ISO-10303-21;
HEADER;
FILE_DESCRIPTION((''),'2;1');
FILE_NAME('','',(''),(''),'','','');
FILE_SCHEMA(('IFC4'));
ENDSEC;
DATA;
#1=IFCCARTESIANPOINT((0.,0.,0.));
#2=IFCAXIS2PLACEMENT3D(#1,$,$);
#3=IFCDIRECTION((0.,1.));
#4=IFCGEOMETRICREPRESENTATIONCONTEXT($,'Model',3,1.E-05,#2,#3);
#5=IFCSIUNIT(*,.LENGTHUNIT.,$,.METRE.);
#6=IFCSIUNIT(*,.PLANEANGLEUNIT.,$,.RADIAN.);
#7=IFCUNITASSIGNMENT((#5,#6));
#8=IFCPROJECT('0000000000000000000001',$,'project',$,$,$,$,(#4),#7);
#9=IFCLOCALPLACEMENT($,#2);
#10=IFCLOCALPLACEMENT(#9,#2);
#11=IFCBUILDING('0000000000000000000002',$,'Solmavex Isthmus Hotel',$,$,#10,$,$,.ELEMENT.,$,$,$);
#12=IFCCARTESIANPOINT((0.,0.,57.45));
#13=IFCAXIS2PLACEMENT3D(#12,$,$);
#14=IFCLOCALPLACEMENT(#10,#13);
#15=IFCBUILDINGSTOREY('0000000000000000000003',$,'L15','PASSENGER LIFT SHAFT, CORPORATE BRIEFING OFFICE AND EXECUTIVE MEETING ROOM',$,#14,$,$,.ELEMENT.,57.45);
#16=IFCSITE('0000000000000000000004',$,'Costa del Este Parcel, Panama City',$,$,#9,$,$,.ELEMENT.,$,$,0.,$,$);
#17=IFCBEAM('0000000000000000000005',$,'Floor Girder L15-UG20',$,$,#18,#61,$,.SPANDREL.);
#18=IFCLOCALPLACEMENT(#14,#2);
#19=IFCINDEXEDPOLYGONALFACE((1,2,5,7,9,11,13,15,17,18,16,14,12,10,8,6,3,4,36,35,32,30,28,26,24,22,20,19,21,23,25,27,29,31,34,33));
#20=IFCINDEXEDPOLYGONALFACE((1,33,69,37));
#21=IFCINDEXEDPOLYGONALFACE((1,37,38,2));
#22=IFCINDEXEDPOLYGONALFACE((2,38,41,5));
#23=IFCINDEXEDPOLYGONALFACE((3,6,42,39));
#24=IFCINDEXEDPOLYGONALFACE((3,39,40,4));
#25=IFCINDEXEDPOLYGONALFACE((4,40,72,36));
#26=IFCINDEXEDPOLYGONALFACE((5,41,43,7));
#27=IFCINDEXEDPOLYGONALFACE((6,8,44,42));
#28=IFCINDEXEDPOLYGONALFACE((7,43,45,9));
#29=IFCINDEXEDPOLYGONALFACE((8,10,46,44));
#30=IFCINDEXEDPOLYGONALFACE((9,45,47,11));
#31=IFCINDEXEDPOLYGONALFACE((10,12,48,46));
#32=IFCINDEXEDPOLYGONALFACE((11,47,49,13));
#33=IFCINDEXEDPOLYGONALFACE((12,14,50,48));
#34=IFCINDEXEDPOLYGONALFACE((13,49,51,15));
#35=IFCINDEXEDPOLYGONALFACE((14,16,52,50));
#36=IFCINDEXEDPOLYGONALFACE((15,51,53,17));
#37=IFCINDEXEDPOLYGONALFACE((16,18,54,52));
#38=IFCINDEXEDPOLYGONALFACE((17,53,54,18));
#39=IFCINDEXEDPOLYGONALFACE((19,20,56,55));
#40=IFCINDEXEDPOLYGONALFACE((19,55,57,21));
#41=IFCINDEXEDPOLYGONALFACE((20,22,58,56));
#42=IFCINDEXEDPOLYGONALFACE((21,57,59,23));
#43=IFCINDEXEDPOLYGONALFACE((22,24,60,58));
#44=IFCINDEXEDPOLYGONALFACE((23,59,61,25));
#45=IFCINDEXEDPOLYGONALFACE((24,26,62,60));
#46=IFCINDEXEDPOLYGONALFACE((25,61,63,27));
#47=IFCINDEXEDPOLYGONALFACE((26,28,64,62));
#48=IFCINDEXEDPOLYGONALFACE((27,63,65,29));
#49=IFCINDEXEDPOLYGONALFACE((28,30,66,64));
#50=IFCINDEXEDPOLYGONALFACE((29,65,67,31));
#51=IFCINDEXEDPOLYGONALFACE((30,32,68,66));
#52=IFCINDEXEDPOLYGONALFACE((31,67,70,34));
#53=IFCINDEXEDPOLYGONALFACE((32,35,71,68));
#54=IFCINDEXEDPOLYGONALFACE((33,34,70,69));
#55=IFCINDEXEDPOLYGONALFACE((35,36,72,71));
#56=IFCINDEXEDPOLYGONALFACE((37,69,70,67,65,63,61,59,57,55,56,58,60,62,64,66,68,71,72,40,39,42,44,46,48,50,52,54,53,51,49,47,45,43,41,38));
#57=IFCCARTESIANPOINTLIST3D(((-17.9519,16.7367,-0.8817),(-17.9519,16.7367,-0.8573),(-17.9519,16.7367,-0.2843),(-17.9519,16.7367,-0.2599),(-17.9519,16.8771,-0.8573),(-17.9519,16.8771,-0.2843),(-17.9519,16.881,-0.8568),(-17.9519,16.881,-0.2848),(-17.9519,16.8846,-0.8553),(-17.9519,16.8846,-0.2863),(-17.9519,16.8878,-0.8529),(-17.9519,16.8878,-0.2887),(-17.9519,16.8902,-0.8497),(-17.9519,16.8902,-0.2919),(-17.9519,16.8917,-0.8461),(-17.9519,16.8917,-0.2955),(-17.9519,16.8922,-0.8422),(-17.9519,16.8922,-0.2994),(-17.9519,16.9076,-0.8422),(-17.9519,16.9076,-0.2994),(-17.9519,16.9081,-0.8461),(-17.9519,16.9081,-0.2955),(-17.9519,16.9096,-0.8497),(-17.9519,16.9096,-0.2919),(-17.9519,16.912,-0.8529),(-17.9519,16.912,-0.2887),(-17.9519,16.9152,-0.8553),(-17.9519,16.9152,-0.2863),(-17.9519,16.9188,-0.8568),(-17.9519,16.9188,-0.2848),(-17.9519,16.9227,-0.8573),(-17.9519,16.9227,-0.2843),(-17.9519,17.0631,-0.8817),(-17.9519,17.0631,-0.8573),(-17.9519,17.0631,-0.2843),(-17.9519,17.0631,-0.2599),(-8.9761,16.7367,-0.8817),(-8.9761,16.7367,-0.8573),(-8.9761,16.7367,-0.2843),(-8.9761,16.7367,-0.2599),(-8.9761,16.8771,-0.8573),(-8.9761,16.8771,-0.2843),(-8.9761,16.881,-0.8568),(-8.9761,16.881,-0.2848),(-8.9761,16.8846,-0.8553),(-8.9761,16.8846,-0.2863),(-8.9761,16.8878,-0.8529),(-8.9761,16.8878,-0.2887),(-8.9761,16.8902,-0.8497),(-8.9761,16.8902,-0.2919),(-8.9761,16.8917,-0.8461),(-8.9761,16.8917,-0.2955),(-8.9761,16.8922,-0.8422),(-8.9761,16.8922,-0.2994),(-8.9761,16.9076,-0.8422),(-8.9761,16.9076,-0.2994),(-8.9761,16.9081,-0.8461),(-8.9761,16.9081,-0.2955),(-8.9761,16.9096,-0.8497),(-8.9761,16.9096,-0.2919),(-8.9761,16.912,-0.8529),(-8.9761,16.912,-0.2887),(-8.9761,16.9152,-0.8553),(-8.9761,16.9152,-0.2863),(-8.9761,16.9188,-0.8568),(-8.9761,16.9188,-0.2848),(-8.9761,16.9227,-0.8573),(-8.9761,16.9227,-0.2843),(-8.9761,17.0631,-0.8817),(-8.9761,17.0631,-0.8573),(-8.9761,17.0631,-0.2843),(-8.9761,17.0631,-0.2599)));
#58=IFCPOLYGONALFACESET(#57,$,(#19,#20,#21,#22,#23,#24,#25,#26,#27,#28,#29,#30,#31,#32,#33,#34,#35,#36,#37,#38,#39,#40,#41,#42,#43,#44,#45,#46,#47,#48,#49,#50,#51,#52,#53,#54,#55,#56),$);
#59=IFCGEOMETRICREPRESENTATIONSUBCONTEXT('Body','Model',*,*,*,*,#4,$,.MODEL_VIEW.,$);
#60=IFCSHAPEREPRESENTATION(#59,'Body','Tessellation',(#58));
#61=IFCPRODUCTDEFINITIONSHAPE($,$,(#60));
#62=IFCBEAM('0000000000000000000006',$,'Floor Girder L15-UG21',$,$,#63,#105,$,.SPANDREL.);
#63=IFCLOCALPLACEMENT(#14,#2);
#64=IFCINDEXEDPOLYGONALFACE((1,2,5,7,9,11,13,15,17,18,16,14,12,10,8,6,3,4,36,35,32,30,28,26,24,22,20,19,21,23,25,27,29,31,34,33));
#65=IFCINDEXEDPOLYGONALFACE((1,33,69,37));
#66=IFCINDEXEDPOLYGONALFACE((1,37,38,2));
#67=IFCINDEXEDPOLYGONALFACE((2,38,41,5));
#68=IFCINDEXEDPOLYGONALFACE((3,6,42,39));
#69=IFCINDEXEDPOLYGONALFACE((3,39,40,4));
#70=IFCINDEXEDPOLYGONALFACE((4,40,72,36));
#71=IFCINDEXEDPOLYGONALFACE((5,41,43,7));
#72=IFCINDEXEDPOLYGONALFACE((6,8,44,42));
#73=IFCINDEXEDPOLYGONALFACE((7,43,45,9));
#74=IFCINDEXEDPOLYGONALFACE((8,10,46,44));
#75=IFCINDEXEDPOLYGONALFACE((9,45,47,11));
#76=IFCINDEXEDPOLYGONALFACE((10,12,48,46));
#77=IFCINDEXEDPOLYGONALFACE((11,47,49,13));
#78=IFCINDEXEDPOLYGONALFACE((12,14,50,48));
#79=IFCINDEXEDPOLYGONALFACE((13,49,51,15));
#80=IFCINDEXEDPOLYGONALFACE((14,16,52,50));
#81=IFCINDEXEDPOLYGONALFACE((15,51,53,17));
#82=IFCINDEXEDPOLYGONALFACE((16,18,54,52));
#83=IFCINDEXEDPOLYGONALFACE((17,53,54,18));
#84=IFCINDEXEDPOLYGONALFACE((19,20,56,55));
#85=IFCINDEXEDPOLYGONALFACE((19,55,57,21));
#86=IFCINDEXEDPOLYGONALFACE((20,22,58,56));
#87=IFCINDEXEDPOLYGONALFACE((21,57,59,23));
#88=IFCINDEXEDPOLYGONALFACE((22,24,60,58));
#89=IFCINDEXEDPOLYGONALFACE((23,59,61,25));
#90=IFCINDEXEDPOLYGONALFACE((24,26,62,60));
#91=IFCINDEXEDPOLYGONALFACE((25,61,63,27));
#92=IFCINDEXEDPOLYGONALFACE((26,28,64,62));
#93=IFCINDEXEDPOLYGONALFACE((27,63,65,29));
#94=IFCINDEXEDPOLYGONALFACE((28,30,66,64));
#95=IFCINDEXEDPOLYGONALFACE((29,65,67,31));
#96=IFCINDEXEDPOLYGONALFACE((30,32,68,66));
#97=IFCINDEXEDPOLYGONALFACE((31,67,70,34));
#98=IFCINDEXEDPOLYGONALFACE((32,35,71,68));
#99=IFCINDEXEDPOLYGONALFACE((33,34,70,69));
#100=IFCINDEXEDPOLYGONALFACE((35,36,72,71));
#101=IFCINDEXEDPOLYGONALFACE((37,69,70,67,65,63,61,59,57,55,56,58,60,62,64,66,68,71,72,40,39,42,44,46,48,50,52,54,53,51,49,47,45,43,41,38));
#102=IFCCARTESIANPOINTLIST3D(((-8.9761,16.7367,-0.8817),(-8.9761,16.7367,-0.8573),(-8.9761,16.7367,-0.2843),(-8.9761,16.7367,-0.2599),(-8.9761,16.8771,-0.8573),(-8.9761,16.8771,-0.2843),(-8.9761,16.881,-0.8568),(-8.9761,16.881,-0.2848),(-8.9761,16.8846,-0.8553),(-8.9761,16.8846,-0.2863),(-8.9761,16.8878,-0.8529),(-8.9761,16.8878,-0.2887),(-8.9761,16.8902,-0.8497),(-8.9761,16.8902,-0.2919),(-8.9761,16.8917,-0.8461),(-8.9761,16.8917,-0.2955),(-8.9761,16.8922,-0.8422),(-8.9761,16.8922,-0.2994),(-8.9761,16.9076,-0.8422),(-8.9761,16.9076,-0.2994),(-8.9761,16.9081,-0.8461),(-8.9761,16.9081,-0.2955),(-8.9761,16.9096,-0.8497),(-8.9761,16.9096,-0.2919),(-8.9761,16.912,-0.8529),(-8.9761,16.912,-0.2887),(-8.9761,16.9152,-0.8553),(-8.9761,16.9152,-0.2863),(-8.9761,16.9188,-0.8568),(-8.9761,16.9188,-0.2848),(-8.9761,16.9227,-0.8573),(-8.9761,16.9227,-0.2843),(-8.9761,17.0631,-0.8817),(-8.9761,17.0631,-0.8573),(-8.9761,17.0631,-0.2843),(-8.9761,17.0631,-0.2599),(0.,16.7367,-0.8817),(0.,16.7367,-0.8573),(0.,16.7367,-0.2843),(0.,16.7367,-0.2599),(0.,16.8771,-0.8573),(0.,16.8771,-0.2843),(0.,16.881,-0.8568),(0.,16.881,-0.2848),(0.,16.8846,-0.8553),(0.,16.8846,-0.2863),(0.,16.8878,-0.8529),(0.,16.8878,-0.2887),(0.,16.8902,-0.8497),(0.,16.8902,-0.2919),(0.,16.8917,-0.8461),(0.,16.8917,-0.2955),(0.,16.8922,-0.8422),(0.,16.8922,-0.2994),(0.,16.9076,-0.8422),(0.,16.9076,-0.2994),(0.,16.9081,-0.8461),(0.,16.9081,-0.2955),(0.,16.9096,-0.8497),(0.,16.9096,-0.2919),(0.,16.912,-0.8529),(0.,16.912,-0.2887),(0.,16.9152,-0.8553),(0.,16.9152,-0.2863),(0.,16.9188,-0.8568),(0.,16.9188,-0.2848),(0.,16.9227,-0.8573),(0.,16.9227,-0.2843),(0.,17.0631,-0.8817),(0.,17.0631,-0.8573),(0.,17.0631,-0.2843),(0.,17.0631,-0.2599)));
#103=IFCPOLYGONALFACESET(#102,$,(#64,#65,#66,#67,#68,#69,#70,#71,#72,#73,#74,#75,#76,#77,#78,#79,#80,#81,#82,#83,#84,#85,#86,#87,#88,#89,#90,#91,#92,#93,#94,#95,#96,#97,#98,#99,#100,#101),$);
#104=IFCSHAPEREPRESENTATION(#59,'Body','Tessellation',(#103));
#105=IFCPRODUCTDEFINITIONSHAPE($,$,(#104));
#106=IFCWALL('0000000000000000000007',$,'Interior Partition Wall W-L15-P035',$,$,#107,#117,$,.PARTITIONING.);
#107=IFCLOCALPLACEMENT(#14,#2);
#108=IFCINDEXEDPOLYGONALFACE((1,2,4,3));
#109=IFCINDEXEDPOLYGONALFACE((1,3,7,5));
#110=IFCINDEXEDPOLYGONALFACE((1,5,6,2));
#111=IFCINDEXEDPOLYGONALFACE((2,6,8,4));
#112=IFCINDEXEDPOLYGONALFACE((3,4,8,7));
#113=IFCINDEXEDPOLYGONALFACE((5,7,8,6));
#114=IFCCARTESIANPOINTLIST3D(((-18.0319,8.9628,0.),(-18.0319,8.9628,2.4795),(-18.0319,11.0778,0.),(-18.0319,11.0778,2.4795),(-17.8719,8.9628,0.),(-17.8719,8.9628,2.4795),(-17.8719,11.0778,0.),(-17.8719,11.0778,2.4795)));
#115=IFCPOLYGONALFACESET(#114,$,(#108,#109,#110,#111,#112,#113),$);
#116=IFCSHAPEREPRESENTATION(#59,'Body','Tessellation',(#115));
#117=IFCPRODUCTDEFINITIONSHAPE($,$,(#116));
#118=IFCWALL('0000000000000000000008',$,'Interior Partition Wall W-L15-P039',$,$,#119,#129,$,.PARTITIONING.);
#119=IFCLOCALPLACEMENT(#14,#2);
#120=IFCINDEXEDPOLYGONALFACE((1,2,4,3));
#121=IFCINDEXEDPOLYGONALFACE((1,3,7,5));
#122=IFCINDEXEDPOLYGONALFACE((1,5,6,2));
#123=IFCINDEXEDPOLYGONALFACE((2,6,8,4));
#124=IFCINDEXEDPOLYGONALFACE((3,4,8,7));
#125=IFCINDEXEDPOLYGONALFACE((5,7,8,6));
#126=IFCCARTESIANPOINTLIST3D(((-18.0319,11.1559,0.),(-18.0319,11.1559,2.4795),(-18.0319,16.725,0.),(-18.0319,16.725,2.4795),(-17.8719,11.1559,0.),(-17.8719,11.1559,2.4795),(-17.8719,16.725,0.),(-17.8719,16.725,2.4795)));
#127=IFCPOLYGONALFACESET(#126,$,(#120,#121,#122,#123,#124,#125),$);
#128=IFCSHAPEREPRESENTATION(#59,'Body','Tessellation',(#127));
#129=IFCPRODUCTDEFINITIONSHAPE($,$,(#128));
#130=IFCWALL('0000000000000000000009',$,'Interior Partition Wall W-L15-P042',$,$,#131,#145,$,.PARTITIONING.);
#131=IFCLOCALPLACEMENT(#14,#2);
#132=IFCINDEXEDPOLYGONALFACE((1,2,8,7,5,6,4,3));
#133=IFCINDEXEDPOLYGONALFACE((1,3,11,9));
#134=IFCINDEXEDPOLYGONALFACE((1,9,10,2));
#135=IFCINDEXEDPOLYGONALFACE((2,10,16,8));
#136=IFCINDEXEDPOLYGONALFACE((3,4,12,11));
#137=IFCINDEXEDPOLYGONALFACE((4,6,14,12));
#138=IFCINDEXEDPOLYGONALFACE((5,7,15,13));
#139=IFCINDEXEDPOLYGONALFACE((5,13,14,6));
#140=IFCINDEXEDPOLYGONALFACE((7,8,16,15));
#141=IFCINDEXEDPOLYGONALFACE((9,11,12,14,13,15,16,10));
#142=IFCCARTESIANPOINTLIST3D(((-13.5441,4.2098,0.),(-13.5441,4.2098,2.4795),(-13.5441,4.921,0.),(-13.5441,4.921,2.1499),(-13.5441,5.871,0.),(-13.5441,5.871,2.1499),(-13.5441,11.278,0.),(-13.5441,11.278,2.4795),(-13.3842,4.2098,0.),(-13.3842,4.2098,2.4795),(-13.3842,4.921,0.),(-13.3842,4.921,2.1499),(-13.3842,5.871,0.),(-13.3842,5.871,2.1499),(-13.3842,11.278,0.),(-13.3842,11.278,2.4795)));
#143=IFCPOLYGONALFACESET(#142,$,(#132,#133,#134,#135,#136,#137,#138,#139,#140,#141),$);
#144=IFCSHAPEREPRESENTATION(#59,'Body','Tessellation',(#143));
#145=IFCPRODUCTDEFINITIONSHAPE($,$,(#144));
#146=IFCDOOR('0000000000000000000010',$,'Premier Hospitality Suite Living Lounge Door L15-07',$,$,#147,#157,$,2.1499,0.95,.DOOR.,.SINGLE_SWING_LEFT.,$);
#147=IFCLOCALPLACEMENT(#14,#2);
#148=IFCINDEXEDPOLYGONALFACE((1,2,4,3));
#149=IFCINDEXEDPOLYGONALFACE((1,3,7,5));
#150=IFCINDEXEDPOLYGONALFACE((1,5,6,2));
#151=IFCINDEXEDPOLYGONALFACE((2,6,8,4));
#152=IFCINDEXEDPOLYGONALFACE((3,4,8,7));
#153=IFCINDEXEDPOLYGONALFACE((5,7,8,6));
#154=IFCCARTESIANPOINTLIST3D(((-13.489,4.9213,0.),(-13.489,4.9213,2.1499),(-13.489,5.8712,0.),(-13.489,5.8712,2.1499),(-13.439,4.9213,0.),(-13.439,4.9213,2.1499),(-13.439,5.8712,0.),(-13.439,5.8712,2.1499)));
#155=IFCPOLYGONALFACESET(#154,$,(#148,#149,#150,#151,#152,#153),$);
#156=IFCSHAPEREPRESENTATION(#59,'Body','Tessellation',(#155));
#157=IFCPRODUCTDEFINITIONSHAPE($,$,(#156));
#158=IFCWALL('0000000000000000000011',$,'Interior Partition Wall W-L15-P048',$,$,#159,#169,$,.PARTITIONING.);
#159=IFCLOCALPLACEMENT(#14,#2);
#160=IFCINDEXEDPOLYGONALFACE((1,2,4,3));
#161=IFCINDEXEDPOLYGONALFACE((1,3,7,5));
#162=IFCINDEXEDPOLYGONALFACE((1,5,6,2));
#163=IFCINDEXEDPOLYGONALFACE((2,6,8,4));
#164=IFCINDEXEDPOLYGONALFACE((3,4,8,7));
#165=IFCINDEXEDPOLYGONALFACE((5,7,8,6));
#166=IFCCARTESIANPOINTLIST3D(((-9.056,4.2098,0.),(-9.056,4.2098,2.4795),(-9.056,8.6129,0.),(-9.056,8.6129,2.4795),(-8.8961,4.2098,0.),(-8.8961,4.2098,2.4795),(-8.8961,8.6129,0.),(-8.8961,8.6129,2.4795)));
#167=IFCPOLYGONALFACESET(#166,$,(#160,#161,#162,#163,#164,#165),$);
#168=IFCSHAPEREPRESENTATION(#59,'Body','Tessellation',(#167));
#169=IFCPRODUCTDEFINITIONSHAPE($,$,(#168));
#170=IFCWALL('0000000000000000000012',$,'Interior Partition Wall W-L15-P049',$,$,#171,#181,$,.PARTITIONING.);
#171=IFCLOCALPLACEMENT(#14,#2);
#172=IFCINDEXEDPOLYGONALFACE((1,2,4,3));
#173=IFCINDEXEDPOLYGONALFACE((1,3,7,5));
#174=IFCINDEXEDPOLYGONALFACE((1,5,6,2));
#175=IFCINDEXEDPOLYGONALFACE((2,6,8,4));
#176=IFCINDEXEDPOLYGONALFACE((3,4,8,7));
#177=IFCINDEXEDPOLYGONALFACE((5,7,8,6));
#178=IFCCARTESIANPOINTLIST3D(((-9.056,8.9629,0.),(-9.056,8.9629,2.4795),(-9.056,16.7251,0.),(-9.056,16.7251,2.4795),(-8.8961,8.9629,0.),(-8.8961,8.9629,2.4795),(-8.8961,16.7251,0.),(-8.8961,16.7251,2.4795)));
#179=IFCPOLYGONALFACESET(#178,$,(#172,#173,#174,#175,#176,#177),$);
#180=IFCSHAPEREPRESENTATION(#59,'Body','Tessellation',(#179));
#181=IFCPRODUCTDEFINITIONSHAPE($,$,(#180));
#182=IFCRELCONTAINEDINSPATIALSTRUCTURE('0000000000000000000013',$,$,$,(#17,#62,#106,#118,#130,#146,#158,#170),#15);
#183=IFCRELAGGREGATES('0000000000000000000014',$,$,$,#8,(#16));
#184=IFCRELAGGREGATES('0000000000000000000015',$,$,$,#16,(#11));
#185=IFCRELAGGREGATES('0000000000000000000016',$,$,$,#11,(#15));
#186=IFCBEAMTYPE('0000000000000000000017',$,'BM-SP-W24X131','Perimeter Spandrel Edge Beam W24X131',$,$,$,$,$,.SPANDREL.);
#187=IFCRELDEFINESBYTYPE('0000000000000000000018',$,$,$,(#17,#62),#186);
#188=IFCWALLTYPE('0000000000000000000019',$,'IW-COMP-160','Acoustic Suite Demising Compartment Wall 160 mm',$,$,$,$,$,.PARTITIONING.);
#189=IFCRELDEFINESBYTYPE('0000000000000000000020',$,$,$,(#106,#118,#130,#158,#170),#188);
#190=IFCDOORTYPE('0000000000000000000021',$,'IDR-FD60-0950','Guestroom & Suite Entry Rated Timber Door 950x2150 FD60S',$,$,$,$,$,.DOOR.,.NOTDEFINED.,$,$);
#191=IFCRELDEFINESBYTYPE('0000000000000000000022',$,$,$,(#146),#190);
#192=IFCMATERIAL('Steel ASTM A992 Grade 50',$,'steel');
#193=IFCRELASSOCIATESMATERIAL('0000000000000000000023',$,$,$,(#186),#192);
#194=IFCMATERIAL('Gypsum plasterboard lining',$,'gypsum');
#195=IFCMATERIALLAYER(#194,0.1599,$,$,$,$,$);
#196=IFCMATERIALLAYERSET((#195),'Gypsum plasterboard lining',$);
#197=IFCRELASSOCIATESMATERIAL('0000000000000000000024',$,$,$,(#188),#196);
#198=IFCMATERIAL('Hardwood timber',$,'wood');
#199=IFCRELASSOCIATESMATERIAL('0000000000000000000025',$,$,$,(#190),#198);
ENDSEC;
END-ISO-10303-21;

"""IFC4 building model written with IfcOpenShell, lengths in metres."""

from ifc_helpers import new_model, si_unit, direction, frame, frame_2d, origin, origin_2d, place, context, subcontext, project, spatial, rectangle, i_section, extrude, material, layer, layer_set, material_profile, profile_set, type_object, element, fill, save


model = new_model("IFC4")

# Units and contexts
model_context = context("Model", 3, precision=1e-05, world=origin(), true_north=direction((0.0, 1.0)))
body_context = subcontext(model_context, "Body", "Model", "MODEL_VIEW")
ifc_project = project(units=[si_unit("LENGTHUNIT", "METRE"), si_unit("PLANEANGLEUNIT", "RADIAN")], contexts=[model_context])

# Site, building, storey
site_placement = place(None, origin())
site = spatial("IfcSite", under=ifc_project, at=site_placement, Name="Costa del Este Parcel, Panama City", CompositionType="ELEMENT", RefElevation=0.0)
building_placement = place(site_placement, origin())
building = spatial("IfcBuilding", under=site, at=building_placement, Name="Solmavex Isthmus Hotel", CompositionType="ELEMENT")
storey_placement = place(building_placement, frame((0.0, 0.0, 57.45)))
storey = spatial("IfcBuildingStorey", under=building, at=storey_placement, Name="L15", Description="PASSENGER LIFT SHAFT, CORPORATE BRIEFING OFFICE AND EXECUTIVE MEETING ROOM", CompositionType="ELEMENT", Elevation=57.45)

# Beams
ifc_material_1 = material(Name="Steel ASTM A992 Grade 50", Category="steel")
ifc_material_profile_1 = material_profile(ifc_material_1, i_section(OverallWidth=0.3264, OverallDepth=0.6218, WebThickness=0.0154, FlangeThickness=0.0244, FilletRadius=0.0151, at=origin_2d()), Name="W24X131")
ifc_profile_set_1 = profile_set([ifc_material_profile_1], Name="Steel ASTM A992 Grade 50")
beam_type_1 = type_object("IfcBeamType", Name="BM-SP-W24X131", Description="Perimeter Spandrel Edge Beam W24X131", PredefinedType="SPANDREL", material=ifc_profile_set_1)
beam_1_placement = place(storey_placement, frame((-17.9519, 16.8999, -0.5708), z_axis=(1.0, 0.0, 0.0), x_axis=(0.0, 1.0, 0.0)))
element("IfcBeam", 1, at=beam_1_placement, inside=storey, type_object=beam_type_1, Name="Floor Girder L15-UG20", PredefinedType="SPANDREL", context=body_context, shape_type="SweptSolid", body=[
    extrude(i_section(OverallWidth=0.3264, OverallDepth=0.6218, WebThickness=0.0154, FlangeThickness=0.0244, FilletRadius=0.0151, at=origin_2d()), origin(), (0.0, 0.0, 1.0), 8.9758),
])
beam_2_placement = place(storey_placement, frame((-8.9761, 16.8999, -0.5708), z_axis=(1.0, 0.0, 0.0), x_axis=(0.0, 1.0, 0.0)))
element("IfcBeam", 2, at=beam_2_placement, inside=storey, type_object=beam_type_1, Name="Floor Girder L15-UG21", PredefinedType="SPANDREL", context=body_context, shape_type="SweptSolid", body=[
    extrude(i_section(OverallWidth=0.3264, OverallDepth=0.6218, WebThickness=0.0154, FlangeThickness=0.0244, FilletRadius=0.0151, at=origin_2d()), origin(), (0.0, 0.0, 1.0), 8.9761),
])

# Walls
ifc_material_2 = material(Name="Gypsum plasterboard lining", Category="gypsum")
ifc_layer_1 = layer(ifc_material_2, 0.1599)
ifc_layer_set_1 = layer_set([ifc_layer_1], Name="Gypsum plasterboard lining")
wall_type_1 = type_object("IfcWallType", Name="IW-COMP-160", Description="Acoustic Suite Demising Compartment Wall 160 mm", PredefinedType="PARTITIONING", material=ifc_layer_set_1)
wall_1_placement = place(storey_placement, frame((-17.9519, 11.0779, 0.0), z_axis=(0.0, 0.0, 1.0), x_axis=(0.0, -1.0, 0.0)))
element("IfcWall", 3, at=wall_1_placement, inside=storey, type_object=wall_type_1, Name="Interior Partition Wall W-L15-P035", PredefinedType="PARTITIONING", context=body_context, shape_type="SweptSolid", body=[
    extrude(rectangle(XDim=2.115, YDim=0.1599, at=frame_2d((1.0576, 0.0))), origin(), (0.0, 0.0, 1.0), 2.4795),
])
wall_2_placement = place(storey_placement, frame((-17.9519, 16.7251, 0.0), z_axis=(0.0, 0.0, 1.0), x_axis=(0.0, -1.0, 0.0)))
element("IfcWall", 4, at=wall_2_placement, inside=storey, type_object=wall_type_1, Name="Interior Partition Wall W-L15-P039", PredefinedType="PARTITIONING", context=body_context, shape_type="SweptSolid", body=[
    extrude(rectangle(XDim=5.5691, YDim=0.1599, at=frame_2d((2.7847, 0.0))), origin(), (0.0, 0.0, 1.0), 2.4795),
])

# Wall, opening, door
wall_3_placement = place(storey_placement, frame((-13.4641, 11.2781, 0.0), z_axis=(0.0, 0.0, 1.0), x_axis=(0.0, -1.0, 0.0)))
wall_3 = element("IfcWall", 5, at=wall_3_placement, inside=storey, type_object=wall_type_1, Name="Interior Partition Wall W-L15-P042", PredefinedType="PARTITIONING", context=body_context, shape_type="SweptSolid", body=[
    extrude(rectangle(XDim=7.0681, YDim=0.1599, at=frame_2d((3.5342, 0.0))), origin(), (0.0, 0.0, 1.0), 2.4795),
])
opening_1_placement = place(wall_3_placement, frame((5.407, 0.0, 0.0)))
opening_1 = element("IfcOpeningElement", 6, at=opening_1_placement, cuts=wall_3, PredefinedType="OPENING", context=body_context, shape_type="SweptSolid", body=[
    extrude(rectangle(XDim=0.95, YDim=2.1499, at=frame_2d((0.4751, 1.075))), frame((0.0, 0.0898, 0.0), z_axis=(0.0, -1.0, 0.0), x_axis=(1.0, 0.0, 0.0)), (0.0, 0.0, 1.0), 0.1799),
])
ifc_material_3 = material(Name="Hardwood timber", Category="wood")
door_type_1 = type_object("IfcDoorType", Name="IDR-FD60-0950", Description="Guestroom & Suite Entry Rated Timber Door 950x2150 FD60S", OperationType="NOTDEFINED", PredefinedType="DOOR", material=ifc_material_3)
door_1_placement = place(opening_1_placement, frame((0.95, 0.0, 0.0), z_axis=(0.0, 0.0, 1.0), x_axis=(-1.0, 0.0, 0.0)))
door_1 = element("IfcDoor", 7, at=door_1_placement, inside=storey, type_object=door_type_1, Name="Premier Hospitality Suite Living Lounge Door L15-07", OperationType="SINGLE_SWING_LEFT", OverallHeight=2.1499, OverallWidth=0.95, PredefinedType="DOOR", context=body_context, shape_type="SweptSolid", body=[
    extrude(rectangle(XDim=0.95, YDim=2.1499, at=frame_2d((0.4751, 1.075))), frame((0.0, 0.0249, 0.0), z_axis=(0.0, -1.0, 0.0), x_axis=(1.0, 0.0, 0.0)), (0.0, 0.0, 1.0), 0.05),
])
fill(opening_1, door_1)

# Walls
wall_4_placement = place(storey_placement, frame((-8.9761, 8.613, 0.0), z_axis=(0.0, 0.0, 1.0), x_axis=(0.0, -1.0, 0.0)))
element("IfcWall", 8, at=wall_4_placement, inside=storey, type_object=wall_type_1, Name="Interior Partition Wall W-L15-P048", PredefinedType="PARTITIONING", context=body_context, shape_type="SweptSolid", body=[
    extrude(rectangle(XDim=4.4031, YDim=0.1599, at=frame_2d((2.2017, 0.0))), origin(), (0.0, 0.0, 1.0), 2.4795),
])
wall_5_placement = place(storey_placement, frame((-8.9761, 16.7251, 0.0), z_axis=(0.0, 0.0, 1.0), x_axis=(0.0, -1.0, 0.0)))
element("IfcWall", 9, at=wall_5_placement, inside=storey, type_object=wall_type_1, Name="Interior Partition Wall W-L15-P049", PredefinedType="PARTITIONING", context=body_context, shape_type="SweptSolid", body=[
    extrude(rectangle(XDim=7.7622, YDim=0.1599, at=frame_2d((3.8811, 0.0))), origin(), (0.0, 0.0, 1.0), 2.4795),
])

save(model, "model.ifc")
